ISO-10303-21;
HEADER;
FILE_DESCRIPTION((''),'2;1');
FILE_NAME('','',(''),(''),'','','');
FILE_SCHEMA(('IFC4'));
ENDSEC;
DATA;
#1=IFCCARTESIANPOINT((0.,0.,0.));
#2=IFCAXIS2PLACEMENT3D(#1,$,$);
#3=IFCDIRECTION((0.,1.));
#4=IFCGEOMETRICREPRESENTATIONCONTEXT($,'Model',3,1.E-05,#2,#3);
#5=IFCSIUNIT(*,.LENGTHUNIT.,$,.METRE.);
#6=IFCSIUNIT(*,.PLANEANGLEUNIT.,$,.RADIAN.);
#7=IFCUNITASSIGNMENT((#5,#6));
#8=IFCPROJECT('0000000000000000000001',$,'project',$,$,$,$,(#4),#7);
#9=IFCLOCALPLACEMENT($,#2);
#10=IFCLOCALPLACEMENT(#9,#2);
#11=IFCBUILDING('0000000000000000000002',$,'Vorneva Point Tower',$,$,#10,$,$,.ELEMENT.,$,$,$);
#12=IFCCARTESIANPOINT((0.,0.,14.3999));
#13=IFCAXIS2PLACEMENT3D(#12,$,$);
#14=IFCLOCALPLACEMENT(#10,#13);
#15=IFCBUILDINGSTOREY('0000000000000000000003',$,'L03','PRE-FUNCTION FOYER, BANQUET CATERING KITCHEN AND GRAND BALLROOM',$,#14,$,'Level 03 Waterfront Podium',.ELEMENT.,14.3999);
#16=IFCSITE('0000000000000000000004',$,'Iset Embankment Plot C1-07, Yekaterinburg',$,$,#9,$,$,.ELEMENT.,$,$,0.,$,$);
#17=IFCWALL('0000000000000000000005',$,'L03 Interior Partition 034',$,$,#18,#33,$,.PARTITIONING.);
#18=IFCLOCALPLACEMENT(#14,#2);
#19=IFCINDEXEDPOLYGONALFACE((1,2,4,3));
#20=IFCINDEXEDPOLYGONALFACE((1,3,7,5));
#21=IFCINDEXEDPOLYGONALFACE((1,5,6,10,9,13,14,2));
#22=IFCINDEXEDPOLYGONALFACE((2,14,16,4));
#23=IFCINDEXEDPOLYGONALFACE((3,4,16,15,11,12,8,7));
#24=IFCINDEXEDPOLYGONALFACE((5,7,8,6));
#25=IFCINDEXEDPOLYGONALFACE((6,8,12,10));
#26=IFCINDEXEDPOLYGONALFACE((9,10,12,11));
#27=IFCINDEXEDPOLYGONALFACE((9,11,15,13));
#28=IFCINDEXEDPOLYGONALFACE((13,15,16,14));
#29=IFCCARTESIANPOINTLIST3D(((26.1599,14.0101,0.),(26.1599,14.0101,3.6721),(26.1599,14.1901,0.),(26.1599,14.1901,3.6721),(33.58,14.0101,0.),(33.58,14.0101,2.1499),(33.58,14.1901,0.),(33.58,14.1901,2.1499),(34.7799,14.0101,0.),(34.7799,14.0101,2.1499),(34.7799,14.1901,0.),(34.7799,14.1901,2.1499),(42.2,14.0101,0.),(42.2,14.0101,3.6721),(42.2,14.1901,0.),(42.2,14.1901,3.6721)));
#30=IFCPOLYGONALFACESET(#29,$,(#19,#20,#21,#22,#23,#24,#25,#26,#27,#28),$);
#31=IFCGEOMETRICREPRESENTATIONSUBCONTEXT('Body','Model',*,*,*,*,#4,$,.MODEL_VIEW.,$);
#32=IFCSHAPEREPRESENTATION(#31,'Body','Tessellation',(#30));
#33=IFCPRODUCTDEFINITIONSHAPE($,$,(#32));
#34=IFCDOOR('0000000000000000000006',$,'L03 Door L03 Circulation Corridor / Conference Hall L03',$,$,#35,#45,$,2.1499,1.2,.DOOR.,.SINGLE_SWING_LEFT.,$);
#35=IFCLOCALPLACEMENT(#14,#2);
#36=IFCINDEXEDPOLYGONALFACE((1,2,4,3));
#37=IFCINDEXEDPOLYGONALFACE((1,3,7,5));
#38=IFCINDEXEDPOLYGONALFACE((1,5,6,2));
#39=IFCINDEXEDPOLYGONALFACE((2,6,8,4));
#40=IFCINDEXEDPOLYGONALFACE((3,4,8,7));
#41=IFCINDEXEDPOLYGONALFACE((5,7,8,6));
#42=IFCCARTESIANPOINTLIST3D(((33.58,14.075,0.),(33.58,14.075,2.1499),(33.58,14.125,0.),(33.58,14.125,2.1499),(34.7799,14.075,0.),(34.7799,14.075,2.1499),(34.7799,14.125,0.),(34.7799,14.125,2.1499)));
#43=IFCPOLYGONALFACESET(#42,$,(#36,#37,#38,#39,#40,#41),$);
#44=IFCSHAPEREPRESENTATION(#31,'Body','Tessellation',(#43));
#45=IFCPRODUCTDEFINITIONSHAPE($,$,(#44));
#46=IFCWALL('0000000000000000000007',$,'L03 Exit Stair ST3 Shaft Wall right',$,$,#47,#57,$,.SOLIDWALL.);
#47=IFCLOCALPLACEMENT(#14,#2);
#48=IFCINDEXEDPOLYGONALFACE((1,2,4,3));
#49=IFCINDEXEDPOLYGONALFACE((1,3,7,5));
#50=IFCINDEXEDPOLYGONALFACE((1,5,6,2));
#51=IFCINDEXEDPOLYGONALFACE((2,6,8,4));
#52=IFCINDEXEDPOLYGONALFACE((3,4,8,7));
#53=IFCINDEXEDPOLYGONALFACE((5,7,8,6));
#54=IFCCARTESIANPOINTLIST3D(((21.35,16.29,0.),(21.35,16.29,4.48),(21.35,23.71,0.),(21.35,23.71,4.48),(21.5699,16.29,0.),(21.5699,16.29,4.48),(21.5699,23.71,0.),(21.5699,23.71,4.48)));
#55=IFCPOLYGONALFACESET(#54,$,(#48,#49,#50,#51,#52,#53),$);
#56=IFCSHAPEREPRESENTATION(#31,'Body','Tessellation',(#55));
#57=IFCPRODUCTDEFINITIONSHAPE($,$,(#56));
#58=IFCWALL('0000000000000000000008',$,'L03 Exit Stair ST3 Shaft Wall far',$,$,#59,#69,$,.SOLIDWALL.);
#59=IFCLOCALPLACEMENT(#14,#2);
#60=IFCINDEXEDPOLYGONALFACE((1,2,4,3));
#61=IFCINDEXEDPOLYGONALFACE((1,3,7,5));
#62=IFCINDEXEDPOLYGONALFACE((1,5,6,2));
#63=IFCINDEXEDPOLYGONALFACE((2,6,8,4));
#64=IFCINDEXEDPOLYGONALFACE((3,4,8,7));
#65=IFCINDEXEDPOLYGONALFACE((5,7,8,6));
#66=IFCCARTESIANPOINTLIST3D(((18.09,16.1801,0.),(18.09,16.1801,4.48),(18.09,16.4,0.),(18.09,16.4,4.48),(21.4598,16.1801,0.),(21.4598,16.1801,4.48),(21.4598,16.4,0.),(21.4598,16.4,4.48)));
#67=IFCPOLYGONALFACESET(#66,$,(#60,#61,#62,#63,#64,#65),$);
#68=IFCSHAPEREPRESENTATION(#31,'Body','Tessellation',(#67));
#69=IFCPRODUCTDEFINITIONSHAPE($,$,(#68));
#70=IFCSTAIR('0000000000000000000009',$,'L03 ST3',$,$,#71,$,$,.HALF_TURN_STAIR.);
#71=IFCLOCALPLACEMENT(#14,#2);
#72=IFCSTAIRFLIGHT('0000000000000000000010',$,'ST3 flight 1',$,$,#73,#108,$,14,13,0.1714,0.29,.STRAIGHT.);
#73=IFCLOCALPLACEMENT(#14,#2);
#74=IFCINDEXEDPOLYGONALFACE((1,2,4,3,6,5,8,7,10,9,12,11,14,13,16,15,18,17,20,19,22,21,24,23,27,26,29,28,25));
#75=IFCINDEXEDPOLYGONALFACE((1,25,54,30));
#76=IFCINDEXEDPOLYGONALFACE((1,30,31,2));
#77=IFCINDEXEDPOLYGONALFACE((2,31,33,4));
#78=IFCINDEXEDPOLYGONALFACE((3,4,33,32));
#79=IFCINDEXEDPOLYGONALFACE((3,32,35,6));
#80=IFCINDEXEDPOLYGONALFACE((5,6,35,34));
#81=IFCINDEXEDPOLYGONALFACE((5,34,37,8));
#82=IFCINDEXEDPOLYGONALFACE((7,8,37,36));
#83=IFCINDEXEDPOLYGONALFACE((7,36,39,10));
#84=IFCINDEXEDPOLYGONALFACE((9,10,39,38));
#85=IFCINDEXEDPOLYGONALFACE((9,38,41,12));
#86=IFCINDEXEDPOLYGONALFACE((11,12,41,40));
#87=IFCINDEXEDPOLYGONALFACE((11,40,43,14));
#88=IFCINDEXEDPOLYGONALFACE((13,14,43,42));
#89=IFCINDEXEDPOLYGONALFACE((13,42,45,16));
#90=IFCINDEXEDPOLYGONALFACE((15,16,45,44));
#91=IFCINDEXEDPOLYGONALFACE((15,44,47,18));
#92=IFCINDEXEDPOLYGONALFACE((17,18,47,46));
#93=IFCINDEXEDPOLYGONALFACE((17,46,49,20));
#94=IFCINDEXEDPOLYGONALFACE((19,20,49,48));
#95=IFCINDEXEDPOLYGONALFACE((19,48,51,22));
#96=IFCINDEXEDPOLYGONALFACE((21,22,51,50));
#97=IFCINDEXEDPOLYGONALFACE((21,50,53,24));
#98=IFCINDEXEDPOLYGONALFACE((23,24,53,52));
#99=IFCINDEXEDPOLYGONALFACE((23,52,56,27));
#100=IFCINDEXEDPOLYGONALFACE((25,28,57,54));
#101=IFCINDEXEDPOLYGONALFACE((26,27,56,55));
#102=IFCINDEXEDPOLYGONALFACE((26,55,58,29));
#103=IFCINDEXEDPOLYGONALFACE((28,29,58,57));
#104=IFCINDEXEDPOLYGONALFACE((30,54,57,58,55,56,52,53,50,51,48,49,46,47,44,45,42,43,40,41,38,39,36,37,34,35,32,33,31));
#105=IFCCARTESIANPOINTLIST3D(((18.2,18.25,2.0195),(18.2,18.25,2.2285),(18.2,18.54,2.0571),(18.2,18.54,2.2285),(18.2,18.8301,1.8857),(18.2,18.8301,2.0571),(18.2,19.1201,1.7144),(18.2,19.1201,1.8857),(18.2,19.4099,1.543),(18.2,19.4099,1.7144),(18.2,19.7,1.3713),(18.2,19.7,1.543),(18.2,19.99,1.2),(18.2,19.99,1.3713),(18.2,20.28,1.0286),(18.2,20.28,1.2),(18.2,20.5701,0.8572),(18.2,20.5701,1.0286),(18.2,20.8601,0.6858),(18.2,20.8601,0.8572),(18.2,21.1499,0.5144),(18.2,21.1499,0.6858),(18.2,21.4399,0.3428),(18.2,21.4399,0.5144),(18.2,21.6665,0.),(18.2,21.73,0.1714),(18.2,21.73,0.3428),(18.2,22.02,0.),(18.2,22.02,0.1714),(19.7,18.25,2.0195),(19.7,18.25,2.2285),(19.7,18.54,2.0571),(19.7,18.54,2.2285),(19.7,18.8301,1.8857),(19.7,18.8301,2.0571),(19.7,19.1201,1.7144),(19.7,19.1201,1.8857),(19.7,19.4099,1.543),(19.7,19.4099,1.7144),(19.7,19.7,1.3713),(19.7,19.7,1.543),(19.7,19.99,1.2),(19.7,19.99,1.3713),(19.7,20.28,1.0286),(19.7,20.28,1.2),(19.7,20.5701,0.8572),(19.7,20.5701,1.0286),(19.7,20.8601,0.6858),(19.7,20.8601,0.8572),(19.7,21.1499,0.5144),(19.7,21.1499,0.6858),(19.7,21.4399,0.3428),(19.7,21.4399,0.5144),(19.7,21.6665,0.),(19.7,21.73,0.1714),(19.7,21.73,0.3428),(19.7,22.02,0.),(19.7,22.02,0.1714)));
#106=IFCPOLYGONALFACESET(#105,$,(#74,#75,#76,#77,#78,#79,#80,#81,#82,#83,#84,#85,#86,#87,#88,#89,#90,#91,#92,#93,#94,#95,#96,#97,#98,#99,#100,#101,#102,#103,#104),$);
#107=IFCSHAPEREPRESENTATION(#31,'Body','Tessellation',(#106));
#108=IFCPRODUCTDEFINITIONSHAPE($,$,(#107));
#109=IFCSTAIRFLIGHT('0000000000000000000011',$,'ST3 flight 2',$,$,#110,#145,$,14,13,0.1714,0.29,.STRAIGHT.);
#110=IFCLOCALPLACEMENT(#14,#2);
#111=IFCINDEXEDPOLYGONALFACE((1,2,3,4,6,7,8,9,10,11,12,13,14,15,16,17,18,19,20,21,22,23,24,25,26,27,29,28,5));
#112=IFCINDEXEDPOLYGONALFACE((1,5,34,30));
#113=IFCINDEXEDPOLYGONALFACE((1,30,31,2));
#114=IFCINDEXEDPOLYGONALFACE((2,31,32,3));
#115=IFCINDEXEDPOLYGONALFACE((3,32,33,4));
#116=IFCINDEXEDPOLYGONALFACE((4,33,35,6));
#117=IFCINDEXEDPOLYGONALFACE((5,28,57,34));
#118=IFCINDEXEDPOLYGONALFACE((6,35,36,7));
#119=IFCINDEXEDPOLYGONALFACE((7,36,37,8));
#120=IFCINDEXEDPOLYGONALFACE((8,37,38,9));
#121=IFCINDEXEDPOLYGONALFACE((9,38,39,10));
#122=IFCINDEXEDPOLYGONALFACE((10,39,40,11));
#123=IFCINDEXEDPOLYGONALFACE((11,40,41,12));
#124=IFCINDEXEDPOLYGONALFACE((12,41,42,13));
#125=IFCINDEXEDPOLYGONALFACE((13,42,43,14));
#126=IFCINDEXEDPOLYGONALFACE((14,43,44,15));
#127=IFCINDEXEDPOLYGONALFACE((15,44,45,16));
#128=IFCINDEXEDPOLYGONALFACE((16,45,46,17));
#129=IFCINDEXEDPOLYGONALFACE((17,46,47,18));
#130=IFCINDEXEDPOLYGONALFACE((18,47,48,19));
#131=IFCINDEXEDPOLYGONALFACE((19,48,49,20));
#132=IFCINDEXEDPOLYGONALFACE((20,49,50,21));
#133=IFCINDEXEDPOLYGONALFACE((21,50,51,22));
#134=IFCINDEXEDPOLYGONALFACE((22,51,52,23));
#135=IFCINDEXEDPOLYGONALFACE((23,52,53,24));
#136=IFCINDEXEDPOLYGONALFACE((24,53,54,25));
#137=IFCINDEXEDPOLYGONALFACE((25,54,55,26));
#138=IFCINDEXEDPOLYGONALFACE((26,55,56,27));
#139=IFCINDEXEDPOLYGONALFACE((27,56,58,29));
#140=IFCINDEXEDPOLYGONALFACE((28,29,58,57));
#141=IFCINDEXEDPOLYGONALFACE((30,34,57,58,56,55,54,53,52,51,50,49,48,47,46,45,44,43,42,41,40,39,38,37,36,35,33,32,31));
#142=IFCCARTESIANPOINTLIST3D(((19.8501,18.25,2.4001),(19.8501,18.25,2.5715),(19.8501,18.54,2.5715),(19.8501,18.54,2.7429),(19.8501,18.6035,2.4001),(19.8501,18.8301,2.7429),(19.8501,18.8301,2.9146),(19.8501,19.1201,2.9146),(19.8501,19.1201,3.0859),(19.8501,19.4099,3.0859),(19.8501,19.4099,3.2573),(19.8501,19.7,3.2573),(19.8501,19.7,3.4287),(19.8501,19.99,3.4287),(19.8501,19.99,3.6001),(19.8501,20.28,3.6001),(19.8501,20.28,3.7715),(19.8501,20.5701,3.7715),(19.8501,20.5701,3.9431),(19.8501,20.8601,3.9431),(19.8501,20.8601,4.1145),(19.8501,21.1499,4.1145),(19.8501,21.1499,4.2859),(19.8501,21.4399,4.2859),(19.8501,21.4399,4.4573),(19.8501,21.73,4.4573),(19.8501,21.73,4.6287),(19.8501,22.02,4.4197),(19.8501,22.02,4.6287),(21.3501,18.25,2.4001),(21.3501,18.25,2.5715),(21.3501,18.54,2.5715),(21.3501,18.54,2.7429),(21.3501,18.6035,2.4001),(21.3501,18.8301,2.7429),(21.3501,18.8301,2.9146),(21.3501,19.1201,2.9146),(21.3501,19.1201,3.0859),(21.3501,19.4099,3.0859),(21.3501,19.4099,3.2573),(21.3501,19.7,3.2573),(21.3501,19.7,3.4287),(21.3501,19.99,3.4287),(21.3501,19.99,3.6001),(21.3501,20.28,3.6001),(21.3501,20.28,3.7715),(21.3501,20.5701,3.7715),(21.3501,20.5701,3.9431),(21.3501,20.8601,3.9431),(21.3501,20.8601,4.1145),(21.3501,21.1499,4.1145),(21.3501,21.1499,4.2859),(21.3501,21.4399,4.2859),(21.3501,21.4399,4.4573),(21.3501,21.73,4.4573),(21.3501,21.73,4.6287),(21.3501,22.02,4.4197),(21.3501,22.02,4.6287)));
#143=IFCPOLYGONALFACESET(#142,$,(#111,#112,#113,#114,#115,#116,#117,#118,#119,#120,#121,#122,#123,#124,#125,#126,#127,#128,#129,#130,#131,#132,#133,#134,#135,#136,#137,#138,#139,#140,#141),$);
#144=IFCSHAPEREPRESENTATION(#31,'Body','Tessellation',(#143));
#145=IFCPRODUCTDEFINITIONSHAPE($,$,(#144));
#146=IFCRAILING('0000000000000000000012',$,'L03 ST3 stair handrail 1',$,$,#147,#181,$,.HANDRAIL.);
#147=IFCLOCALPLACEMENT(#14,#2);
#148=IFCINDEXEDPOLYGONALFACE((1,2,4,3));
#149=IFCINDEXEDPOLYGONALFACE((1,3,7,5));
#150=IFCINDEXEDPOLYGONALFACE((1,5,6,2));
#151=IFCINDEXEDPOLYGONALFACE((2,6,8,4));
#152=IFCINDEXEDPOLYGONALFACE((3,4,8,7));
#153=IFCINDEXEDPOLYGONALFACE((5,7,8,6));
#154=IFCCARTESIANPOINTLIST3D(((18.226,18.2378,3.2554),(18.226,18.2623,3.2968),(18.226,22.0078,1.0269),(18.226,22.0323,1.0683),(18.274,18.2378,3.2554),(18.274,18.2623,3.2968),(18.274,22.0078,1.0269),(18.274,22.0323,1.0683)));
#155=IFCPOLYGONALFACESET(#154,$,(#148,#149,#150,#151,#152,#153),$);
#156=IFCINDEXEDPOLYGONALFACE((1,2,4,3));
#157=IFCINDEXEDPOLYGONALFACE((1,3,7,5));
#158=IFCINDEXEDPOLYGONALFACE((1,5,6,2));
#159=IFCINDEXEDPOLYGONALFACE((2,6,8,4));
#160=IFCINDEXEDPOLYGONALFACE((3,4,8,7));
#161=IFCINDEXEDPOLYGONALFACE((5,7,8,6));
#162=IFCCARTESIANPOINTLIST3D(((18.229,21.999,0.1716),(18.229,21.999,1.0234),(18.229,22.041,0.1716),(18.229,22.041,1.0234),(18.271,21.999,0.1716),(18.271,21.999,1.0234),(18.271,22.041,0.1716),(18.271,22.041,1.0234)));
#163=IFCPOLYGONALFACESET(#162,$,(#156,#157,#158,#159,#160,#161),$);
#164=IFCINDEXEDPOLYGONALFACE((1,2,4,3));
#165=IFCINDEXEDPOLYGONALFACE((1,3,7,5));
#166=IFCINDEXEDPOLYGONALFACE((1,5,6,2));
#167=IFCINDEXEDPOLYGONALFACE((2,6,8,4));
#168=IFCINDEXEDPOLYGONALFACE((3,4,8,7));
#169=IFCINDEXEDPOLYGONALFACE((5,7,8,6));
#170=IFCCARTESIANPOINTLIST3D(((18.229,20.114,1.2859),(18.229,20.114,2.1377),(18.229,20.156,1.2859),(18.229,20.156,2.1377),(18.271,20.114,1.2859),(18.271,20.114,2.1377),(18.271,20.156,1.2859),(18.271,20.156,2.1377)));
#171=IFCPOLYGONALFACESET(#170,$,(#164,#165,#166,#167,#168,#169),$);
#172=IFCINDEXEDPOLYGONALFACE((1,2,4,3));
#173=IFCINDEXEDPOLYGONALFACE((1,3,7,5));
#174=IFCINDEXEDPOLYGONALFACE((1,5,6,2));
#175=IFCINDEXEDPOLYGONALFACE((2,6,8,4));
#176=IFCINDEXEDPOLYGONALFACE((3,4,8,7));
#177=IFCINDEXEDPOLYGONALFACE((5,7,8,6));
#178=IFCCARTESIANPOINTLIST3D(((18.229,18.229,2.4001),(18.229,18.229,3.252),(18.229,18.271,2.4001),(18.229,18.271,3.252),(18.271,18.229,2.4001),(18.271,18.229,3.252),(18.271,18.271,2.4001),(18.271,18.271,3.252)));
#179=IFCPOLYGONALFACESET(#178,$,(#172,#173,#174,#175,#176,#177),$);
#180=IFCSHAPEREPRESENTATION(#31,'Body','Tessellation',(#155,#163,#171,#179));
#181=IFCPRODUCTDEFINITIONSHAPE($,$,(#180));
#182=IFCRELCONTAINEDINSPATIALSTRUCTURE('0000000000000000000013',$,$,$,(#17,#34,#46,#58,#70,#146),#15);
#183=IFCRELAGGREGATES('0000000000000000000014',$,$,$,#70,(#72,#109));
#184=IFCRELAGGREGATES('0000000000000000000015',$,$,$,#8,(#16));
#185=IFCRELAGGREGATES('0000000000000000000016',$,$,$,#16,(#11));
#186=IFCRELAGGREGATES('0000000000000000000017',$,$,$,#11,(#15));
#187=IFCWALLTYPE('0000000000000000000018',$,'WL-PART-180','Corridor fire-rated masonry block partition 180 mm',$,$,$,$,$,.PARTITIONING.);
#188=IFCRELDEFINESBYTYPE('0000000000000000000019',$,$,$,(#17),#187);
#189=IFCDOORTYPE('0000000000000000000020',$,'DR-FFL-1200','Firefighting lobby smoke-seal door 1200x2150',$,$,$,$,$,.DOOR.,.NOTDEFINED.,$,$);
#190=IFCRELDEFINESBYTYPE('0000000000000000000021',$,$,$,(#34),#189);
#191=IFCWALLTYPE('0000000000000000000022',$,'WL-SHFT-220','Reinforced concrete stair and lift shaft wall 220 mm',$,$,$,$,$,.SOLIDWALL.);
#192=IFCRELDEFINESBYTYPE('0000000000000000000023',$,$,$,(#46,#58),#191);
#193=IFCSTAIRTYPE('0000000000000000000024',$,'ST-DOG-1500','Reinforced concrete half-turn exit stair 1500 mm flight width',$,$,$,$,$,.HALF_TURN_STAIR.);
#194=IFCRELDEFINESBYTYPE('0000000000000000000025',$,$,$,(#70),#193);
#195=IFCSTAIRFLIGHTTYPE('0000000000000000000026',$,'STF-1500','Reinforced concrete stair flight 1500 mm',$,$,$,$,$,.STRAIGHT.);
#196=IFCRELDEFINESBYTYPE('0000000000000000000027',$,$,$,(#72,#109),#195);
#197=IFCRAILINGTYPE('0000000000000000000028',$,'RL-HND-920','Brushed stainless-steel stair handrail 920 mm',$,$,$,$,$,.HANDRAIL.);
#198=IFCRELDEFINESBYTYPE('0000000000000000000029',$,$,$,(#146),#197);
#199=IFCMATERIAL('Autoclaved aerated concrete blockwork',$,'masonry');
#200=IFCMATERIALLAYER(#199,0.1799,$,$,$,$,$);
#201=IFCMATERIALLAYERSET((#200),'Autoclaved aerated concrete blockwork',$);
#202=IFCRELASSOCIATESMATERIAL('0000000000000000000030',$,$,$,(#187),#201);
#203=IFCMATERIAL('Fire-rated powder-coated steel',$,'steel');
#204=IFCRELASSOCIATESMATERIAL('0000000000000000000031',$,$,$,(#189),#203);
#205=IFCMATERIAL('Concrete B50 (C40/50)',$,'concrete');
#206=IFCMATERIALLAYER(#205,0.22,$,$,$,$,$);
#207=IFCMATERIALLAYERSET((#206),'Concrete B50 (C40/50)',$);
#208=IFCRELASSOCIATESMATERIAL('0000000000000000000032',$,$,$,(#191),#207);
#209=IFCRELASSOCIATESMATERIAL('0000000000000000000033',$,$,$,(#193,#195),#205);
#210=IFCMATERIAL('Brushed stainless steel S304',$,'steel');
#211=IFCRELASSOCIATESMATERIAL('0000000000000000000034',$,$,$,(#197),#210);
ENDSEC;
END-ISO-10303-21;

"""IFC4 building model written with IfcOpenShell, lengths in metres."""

from ifc_helpers import new_model, si_unit, direction, frame, frame_2d, origin, origin_2d, place, context, subcontext, project, spatial, polyline, rectangle, outline, extrude, material, layer, layer_set, type_object, element, fill, aggregate, save


model = new_model("IFC4")

# Units and contexts
model_context = context("Model", 3, precision=1e-05, world=origin(), true_north=direction((0.0, 1.0)))
body_context = subcontext(model_context, "Body", "Model", "MODEL_VIEW")
ifc_project = project(units=[si_unit("LENGTHUNIT", "METRE"), si_unit("PLANEANGLEUNIT", "RADIAN")], contexts=[model_context])

# Site, building, storey
site_placement = place(None, origin())
site = spatial("IfcSite", under=ifc_project, at=site_placement, Name="Iset Embankment Plot C1-07, Yekaterinburg", CompositionType="ELEMENT", RefElevation=0.0)
building_placement = place(site_placement, origin())
building = spatial("IfcBuilding", under=site, at=building_placement, Name="Vorneva Point Tower", CompositionType="ELEMENT")
storey_placement = place(building_placement, frame((0.0, 0.0, 14.3999)))
storey = spatial("IfcBuildingStorey", under=building, at=storey_placement, Name="L03", Description="PRE-FUNCTION FOYER, BANQUET CATERING KITCHEN AND GRAND BALLROOM", LongName="Level 03 Waterfront Podium", CompositionType="ELEMENT", Elevation=14.3999)

# Shared definitions
ifc_material_1 = material(Name="Autoclaved aerated concrete blockwork", Category="masonry")
ifc_layer_1 = layer(ifc_material_1, 0.1799)
ifc_layer_set_1 = layer_set([ifc_layer_1], Name="Autoclaved aerated concrete blockwork")
wall_type_1 = type_object("IfcWallType", Name="WL-PART-180", Description="Corridor fire-rated masonry block partition 180 mm", PredefinedType="PARTITIONING", material=ifc_layer_set_1)

# Wall, opening, door
wall_1_placement = place(storey_placement, frame((26.1599, 14.1001, 0.0), z_axis=(0.0, 0.0, 1.0), x_axis=(1.0, 0.0, 0.0)))
wall_1 = element("IfcWall", 1, at=wall_1_placement, inside=storey, type_object=wall_type_1, Name="L03 Interior Partition 034", PredefinedType="PARTITIONING", context=body_context, shape_type="SweptSolid", body=[
    extrude(rectangle(XDim=16.04, YDim=0.1799, at=frame_2d((8.02, 0.0))), origin(), (0.0, 0.0, 1.0), 3.6721),
])
opening_1_placement = place(wall_1_placement, frame((7.4199, 0.0, 0.0)))
opening_1 = element("IfcOpeningElement", 2, at=opening_1_placement, cuts=wall_1, PredefinedType="OPENING", context=body_context, shape_type="SweptSolid", body=[
    extrude(rectangle(XDim=1.2, YDim=2.1499, at=frame_2d((0.6001, 1.075))), frame((0.0, 0.105, 0.0), z_axis=(0.0, -1.0, 0.0), x_axis=(1.0, 0.0, 0.0)), (0.0, 0.0, 1.0), 0.2097),
])
ifc_material_2 = material(Name="Fire-rated powder-coated steel", Category="steel")
door_type_1 = type_object("IfcDoorType", Name="DR-FFL-1200", Description="Firefighting lobby smoke-seal door 1200x2150", OperationType="NOTDEFINED", PredefinedType="DOOR", material=ifc_material_2)
door_1_placement = place(opening_1_placement, origin())
door_1 = element("IfcDoor", 3, at=door_1_placement, inside=storey, type_object=door_type_1, Name="L03 Door L03 Circulation Corridor / Conference Hall L03", OperationType="SINGLE_SWING_LEFT", OverallHeight=2.1499, OverallWidth=1.2, PredefinedType="DOOR", context=body_context, shape_type="SweptSolid", body=[
    extrude(rectangle(XDim=1.2, YDim=2.1499, at=frame_2d((0.6001, 1.075))), frame((0.0, 0.0249, 0.0), z_axis=(0.0, -1.0, 0.0), x_axis=(1.0, 0.0, 0.0)), (0.0, 0.0, 1.0), 0.05),
])
fill(opening_1, door_1)
ifc_material_3 = material(Name="Concrete B50 (C40/50)", Category="concrete")
ifc_layer_2 = layer(ifc_material_3, 0.22)
ifc_layer_set_2 = layer_set([ifc_layer_2], Name="Concrete B50 (C40/50)")
wall_type_2 = type_object("IfcWallType", Name="WL-SHFT-220", Description="Reinforced concrete stair and lift shaft wall 220 mm", PredefinedType="SOLIDWALL", material=ifc_layer_set_2)

# Walls
wall_2_placement = place(storey_placement, frame((21.46, 23.71, 0.0), z_axis=(0.0, 0.0, 1.0), x_axis=(0.0, -1.0, 0.0)))
element("IfcWall", 4, at=wall_2_placement, inside=storey, type_object=wall_type_2, Name="L03 Exit Stair ST3 Shaft Wall right", PredefinedType="SOLIDWALL", context=body_context, shape_type="SweptSolid", body=[
    extrude(rectangle(XDim=7.4199, YDim=0.22, at=frame_2d((3.71, 0.0))), origin(), (0.0, 0.0, 1.0), 4.48),
])
wall_3_placement = place(storey_placement, frame((21.46, 16.29, 0.0), z_axis=(0.0, 0.0, 1.0), x_axis=(-1.0, 0.0, 0.0)))
element("IfcWall", 5, at=wall_3_placement, inside=storey, type_object=wall_type_2, Name="L03 Exit Stair ST3 Shaft Wall far", PredefinedType="SOLIDWALL", context=body_context, shape_type="SweptSolid", body=[
    extrude(rectangle(XDim=3.3699, YDim=0.22, at=frame_2d((1.6851, 0.0))), origin(), (0.0, 0.0, 1.0), 4.48),
])

# Stair, stair flights
stair_type = type_object("IfcStairType", Name="ST-DOG-1500", Description="Reinforced concrete half-turn exit stair 1500 mm flight width", PredefinedType="HALF_TURN_STAIR", material=ifc_material_3)
stair_placement = place(storey_placement, origin())
stair = element("IfcStair", 6, at=stair_placement, inside=storey, type_object=stair_type, Name="L03 ST3", PredefinedType="HALF_TURN_STAIR")
stair_flight_type = type_object("IfcStairFlightType", Name="STF-1500", Description="Reinforced concrete stair flight 1500 mm", PredefinedType="STRAIGHT", material=ifc_material_3)
stair_flight_1_placement = place(storey_placement, frame((18.95, 22.02, 0.0), z_axis=(0.0, 0.0, 1.0), x_axis=(0.0, -1.0, 0.0)))
stair_flight_1 = element("IfcStairFlight", 7, at=stair_flight_1_placement, type_object=stair_flight_type, Name="ST3 flight 1", NumberOfRisers=14, NumberOfTreads=13, PredefinedType="STRAIGHT", RiserHeight=0.1714, TreadLength=0.29, context=body_context, shape_type="SweptSolid", body=[
    extrude(outline(polyline([(0.0, 0.0), (0.0, 0.1714), (0.29, 0.1714), (0.29, 0.3428), (0.5801, 0.3428), (0.5801, 0.5144), (0.8701, 0.5144), (0.8701, 0.6858), (1.1599, 0.6858), (1.1599, 0.8572), (1.45, 0.8572), (1.45, 1.0286), (1.74, 1.0286), (1.74, 1.2), (2.03, 1.2), (2.03, 1.3713), (2.3201, 1.3713), (2.3201, 1.543), (2.6101, 1.543), (2.6101, 1.7144), (2.8999, 1.7144), (2.8999, 1.8857), (3.1899, 1.8857), (3.1899, 2.0571), (3.48, 2.0571), (3.48, 2.2285), (3.77, 2.2285), (3.77, 2.3999), (3.77, 2.0195), (0.3535, 0.0), (0.0, 0.0)])), frame((0.0, 0.75, 0.0), z_axis=(0.0, -1.0, 0.0), x_axis=(1.0, 0.0, 0.0)), (0.0, 0.0, 1.0), 1.5),
])
stair_flight_2_placement = place(storey_placement, frame((20.6001, 18.25, 2.4001), z_axis=(0.0, 0.0, 1.0), x_axis=(0.0, 1.0, 0.0)))
stair_flight_2 = element("IfcStairFlight", 8, at=stair_flight_2_placement, type_object=stair_flight_type, Name="ST3 flight 2", NumberOfRisers=14, NumberOfTreads=13, PredefinedType="STRAIGHT", RiserHeight=0.1714, TreadLength=0.29, context=body_context, shape_type="SweptSolid", body=[
    extrude(outline(polyline([(0.0, 0.0), (0.0, 0.1714), (0.29, 0.1714), (0.29, 0.3428), (0.5801, 0.3428), (0.5801, 0.5144), (0.8701, 0.5144), (0.8701, 0.6858), (1.1599, 0.6858), (1.1599, 0.8572), (1.45, 0.8572), (1.45, 1.0286), (1.74, 1.0286), (1.74, 1.2), (2.03, 1.2), (2.03, 1.3713), (2.3201, 1.3713), (2.3201, 1.543), (2.6101, 1.543), (2.6101, 1.7144), (2.8999, 1.7144), (2.8999, 1.8857), (3.1899, 1.8857), (3.1899, 2.0571), (3.48, 2.0571), (3.48, 2.2285), (3.77, 2.2285), (3.77, 2.3999), (3.77, 2.0195), (0.3535, 0.0), (0.0, 0.0)])), frame((0.0, 0.75, 0.0), z_axis=(0.0, -1.0, 0.0), x_axis=(1.0, 0.0, 0.0)), (0.0, 0.0, 1.0), 1.5),
])
aggregate(stair, [stair_flight_1, stair_flight_2])

# Railing
ifc_material_4 = material(Name="Brushed stainless steel S304", Category="steel")
railing_type_1 = type_object("IfcRailingType", Name="RL-HND-920", Description="Brushed stainless-steel stair handrail 920 mm", PredefinedType="HANDRAIL", material=ifc_material_4)
railing_1_placement = place(storey_placement, frame((18.25, 22.02, 0.1716)))
element("IfcRailing", 9, at=railing_1_placement, inside=storey, type_object=railing_type_1, Name="L03 ST3 stair handrail 1", PredefinedType="HANDRAIL", context=body_context, shape_type="SweptSolid", body=[
    extrude(rectangle(XDim=0.0481, YDim=0.0481, at=origin_2d()), frame((0.0, 0.0, 0.876), z_axis=(0.0, -0.860849, 0.508861), x_axis=(1.0, 0.0, 0.0)), (0.0, 0.0, 1.0), 4.3794),
    extrude(rectangle(XDim=0.042, YDim=0.042, at=origin_2d()), origin(), (0.0, 0.0, 1.0), 0.8518),
    extrude(rectangle(XDim=0.042, YDim=0.042, at=origin_2d()), frame((0.0, -1.885, 1.1143)), (0.0, 0.0, 1.0), 0.8518),
    extrude(rectangle(XDim=0.042, YDim=0.042, at=origin_2d()), frame((0.0, -3.77, 2.2285)), (0.0, 0.0, 1.0), 0.8518),
])

save(model, "model.ifc")
